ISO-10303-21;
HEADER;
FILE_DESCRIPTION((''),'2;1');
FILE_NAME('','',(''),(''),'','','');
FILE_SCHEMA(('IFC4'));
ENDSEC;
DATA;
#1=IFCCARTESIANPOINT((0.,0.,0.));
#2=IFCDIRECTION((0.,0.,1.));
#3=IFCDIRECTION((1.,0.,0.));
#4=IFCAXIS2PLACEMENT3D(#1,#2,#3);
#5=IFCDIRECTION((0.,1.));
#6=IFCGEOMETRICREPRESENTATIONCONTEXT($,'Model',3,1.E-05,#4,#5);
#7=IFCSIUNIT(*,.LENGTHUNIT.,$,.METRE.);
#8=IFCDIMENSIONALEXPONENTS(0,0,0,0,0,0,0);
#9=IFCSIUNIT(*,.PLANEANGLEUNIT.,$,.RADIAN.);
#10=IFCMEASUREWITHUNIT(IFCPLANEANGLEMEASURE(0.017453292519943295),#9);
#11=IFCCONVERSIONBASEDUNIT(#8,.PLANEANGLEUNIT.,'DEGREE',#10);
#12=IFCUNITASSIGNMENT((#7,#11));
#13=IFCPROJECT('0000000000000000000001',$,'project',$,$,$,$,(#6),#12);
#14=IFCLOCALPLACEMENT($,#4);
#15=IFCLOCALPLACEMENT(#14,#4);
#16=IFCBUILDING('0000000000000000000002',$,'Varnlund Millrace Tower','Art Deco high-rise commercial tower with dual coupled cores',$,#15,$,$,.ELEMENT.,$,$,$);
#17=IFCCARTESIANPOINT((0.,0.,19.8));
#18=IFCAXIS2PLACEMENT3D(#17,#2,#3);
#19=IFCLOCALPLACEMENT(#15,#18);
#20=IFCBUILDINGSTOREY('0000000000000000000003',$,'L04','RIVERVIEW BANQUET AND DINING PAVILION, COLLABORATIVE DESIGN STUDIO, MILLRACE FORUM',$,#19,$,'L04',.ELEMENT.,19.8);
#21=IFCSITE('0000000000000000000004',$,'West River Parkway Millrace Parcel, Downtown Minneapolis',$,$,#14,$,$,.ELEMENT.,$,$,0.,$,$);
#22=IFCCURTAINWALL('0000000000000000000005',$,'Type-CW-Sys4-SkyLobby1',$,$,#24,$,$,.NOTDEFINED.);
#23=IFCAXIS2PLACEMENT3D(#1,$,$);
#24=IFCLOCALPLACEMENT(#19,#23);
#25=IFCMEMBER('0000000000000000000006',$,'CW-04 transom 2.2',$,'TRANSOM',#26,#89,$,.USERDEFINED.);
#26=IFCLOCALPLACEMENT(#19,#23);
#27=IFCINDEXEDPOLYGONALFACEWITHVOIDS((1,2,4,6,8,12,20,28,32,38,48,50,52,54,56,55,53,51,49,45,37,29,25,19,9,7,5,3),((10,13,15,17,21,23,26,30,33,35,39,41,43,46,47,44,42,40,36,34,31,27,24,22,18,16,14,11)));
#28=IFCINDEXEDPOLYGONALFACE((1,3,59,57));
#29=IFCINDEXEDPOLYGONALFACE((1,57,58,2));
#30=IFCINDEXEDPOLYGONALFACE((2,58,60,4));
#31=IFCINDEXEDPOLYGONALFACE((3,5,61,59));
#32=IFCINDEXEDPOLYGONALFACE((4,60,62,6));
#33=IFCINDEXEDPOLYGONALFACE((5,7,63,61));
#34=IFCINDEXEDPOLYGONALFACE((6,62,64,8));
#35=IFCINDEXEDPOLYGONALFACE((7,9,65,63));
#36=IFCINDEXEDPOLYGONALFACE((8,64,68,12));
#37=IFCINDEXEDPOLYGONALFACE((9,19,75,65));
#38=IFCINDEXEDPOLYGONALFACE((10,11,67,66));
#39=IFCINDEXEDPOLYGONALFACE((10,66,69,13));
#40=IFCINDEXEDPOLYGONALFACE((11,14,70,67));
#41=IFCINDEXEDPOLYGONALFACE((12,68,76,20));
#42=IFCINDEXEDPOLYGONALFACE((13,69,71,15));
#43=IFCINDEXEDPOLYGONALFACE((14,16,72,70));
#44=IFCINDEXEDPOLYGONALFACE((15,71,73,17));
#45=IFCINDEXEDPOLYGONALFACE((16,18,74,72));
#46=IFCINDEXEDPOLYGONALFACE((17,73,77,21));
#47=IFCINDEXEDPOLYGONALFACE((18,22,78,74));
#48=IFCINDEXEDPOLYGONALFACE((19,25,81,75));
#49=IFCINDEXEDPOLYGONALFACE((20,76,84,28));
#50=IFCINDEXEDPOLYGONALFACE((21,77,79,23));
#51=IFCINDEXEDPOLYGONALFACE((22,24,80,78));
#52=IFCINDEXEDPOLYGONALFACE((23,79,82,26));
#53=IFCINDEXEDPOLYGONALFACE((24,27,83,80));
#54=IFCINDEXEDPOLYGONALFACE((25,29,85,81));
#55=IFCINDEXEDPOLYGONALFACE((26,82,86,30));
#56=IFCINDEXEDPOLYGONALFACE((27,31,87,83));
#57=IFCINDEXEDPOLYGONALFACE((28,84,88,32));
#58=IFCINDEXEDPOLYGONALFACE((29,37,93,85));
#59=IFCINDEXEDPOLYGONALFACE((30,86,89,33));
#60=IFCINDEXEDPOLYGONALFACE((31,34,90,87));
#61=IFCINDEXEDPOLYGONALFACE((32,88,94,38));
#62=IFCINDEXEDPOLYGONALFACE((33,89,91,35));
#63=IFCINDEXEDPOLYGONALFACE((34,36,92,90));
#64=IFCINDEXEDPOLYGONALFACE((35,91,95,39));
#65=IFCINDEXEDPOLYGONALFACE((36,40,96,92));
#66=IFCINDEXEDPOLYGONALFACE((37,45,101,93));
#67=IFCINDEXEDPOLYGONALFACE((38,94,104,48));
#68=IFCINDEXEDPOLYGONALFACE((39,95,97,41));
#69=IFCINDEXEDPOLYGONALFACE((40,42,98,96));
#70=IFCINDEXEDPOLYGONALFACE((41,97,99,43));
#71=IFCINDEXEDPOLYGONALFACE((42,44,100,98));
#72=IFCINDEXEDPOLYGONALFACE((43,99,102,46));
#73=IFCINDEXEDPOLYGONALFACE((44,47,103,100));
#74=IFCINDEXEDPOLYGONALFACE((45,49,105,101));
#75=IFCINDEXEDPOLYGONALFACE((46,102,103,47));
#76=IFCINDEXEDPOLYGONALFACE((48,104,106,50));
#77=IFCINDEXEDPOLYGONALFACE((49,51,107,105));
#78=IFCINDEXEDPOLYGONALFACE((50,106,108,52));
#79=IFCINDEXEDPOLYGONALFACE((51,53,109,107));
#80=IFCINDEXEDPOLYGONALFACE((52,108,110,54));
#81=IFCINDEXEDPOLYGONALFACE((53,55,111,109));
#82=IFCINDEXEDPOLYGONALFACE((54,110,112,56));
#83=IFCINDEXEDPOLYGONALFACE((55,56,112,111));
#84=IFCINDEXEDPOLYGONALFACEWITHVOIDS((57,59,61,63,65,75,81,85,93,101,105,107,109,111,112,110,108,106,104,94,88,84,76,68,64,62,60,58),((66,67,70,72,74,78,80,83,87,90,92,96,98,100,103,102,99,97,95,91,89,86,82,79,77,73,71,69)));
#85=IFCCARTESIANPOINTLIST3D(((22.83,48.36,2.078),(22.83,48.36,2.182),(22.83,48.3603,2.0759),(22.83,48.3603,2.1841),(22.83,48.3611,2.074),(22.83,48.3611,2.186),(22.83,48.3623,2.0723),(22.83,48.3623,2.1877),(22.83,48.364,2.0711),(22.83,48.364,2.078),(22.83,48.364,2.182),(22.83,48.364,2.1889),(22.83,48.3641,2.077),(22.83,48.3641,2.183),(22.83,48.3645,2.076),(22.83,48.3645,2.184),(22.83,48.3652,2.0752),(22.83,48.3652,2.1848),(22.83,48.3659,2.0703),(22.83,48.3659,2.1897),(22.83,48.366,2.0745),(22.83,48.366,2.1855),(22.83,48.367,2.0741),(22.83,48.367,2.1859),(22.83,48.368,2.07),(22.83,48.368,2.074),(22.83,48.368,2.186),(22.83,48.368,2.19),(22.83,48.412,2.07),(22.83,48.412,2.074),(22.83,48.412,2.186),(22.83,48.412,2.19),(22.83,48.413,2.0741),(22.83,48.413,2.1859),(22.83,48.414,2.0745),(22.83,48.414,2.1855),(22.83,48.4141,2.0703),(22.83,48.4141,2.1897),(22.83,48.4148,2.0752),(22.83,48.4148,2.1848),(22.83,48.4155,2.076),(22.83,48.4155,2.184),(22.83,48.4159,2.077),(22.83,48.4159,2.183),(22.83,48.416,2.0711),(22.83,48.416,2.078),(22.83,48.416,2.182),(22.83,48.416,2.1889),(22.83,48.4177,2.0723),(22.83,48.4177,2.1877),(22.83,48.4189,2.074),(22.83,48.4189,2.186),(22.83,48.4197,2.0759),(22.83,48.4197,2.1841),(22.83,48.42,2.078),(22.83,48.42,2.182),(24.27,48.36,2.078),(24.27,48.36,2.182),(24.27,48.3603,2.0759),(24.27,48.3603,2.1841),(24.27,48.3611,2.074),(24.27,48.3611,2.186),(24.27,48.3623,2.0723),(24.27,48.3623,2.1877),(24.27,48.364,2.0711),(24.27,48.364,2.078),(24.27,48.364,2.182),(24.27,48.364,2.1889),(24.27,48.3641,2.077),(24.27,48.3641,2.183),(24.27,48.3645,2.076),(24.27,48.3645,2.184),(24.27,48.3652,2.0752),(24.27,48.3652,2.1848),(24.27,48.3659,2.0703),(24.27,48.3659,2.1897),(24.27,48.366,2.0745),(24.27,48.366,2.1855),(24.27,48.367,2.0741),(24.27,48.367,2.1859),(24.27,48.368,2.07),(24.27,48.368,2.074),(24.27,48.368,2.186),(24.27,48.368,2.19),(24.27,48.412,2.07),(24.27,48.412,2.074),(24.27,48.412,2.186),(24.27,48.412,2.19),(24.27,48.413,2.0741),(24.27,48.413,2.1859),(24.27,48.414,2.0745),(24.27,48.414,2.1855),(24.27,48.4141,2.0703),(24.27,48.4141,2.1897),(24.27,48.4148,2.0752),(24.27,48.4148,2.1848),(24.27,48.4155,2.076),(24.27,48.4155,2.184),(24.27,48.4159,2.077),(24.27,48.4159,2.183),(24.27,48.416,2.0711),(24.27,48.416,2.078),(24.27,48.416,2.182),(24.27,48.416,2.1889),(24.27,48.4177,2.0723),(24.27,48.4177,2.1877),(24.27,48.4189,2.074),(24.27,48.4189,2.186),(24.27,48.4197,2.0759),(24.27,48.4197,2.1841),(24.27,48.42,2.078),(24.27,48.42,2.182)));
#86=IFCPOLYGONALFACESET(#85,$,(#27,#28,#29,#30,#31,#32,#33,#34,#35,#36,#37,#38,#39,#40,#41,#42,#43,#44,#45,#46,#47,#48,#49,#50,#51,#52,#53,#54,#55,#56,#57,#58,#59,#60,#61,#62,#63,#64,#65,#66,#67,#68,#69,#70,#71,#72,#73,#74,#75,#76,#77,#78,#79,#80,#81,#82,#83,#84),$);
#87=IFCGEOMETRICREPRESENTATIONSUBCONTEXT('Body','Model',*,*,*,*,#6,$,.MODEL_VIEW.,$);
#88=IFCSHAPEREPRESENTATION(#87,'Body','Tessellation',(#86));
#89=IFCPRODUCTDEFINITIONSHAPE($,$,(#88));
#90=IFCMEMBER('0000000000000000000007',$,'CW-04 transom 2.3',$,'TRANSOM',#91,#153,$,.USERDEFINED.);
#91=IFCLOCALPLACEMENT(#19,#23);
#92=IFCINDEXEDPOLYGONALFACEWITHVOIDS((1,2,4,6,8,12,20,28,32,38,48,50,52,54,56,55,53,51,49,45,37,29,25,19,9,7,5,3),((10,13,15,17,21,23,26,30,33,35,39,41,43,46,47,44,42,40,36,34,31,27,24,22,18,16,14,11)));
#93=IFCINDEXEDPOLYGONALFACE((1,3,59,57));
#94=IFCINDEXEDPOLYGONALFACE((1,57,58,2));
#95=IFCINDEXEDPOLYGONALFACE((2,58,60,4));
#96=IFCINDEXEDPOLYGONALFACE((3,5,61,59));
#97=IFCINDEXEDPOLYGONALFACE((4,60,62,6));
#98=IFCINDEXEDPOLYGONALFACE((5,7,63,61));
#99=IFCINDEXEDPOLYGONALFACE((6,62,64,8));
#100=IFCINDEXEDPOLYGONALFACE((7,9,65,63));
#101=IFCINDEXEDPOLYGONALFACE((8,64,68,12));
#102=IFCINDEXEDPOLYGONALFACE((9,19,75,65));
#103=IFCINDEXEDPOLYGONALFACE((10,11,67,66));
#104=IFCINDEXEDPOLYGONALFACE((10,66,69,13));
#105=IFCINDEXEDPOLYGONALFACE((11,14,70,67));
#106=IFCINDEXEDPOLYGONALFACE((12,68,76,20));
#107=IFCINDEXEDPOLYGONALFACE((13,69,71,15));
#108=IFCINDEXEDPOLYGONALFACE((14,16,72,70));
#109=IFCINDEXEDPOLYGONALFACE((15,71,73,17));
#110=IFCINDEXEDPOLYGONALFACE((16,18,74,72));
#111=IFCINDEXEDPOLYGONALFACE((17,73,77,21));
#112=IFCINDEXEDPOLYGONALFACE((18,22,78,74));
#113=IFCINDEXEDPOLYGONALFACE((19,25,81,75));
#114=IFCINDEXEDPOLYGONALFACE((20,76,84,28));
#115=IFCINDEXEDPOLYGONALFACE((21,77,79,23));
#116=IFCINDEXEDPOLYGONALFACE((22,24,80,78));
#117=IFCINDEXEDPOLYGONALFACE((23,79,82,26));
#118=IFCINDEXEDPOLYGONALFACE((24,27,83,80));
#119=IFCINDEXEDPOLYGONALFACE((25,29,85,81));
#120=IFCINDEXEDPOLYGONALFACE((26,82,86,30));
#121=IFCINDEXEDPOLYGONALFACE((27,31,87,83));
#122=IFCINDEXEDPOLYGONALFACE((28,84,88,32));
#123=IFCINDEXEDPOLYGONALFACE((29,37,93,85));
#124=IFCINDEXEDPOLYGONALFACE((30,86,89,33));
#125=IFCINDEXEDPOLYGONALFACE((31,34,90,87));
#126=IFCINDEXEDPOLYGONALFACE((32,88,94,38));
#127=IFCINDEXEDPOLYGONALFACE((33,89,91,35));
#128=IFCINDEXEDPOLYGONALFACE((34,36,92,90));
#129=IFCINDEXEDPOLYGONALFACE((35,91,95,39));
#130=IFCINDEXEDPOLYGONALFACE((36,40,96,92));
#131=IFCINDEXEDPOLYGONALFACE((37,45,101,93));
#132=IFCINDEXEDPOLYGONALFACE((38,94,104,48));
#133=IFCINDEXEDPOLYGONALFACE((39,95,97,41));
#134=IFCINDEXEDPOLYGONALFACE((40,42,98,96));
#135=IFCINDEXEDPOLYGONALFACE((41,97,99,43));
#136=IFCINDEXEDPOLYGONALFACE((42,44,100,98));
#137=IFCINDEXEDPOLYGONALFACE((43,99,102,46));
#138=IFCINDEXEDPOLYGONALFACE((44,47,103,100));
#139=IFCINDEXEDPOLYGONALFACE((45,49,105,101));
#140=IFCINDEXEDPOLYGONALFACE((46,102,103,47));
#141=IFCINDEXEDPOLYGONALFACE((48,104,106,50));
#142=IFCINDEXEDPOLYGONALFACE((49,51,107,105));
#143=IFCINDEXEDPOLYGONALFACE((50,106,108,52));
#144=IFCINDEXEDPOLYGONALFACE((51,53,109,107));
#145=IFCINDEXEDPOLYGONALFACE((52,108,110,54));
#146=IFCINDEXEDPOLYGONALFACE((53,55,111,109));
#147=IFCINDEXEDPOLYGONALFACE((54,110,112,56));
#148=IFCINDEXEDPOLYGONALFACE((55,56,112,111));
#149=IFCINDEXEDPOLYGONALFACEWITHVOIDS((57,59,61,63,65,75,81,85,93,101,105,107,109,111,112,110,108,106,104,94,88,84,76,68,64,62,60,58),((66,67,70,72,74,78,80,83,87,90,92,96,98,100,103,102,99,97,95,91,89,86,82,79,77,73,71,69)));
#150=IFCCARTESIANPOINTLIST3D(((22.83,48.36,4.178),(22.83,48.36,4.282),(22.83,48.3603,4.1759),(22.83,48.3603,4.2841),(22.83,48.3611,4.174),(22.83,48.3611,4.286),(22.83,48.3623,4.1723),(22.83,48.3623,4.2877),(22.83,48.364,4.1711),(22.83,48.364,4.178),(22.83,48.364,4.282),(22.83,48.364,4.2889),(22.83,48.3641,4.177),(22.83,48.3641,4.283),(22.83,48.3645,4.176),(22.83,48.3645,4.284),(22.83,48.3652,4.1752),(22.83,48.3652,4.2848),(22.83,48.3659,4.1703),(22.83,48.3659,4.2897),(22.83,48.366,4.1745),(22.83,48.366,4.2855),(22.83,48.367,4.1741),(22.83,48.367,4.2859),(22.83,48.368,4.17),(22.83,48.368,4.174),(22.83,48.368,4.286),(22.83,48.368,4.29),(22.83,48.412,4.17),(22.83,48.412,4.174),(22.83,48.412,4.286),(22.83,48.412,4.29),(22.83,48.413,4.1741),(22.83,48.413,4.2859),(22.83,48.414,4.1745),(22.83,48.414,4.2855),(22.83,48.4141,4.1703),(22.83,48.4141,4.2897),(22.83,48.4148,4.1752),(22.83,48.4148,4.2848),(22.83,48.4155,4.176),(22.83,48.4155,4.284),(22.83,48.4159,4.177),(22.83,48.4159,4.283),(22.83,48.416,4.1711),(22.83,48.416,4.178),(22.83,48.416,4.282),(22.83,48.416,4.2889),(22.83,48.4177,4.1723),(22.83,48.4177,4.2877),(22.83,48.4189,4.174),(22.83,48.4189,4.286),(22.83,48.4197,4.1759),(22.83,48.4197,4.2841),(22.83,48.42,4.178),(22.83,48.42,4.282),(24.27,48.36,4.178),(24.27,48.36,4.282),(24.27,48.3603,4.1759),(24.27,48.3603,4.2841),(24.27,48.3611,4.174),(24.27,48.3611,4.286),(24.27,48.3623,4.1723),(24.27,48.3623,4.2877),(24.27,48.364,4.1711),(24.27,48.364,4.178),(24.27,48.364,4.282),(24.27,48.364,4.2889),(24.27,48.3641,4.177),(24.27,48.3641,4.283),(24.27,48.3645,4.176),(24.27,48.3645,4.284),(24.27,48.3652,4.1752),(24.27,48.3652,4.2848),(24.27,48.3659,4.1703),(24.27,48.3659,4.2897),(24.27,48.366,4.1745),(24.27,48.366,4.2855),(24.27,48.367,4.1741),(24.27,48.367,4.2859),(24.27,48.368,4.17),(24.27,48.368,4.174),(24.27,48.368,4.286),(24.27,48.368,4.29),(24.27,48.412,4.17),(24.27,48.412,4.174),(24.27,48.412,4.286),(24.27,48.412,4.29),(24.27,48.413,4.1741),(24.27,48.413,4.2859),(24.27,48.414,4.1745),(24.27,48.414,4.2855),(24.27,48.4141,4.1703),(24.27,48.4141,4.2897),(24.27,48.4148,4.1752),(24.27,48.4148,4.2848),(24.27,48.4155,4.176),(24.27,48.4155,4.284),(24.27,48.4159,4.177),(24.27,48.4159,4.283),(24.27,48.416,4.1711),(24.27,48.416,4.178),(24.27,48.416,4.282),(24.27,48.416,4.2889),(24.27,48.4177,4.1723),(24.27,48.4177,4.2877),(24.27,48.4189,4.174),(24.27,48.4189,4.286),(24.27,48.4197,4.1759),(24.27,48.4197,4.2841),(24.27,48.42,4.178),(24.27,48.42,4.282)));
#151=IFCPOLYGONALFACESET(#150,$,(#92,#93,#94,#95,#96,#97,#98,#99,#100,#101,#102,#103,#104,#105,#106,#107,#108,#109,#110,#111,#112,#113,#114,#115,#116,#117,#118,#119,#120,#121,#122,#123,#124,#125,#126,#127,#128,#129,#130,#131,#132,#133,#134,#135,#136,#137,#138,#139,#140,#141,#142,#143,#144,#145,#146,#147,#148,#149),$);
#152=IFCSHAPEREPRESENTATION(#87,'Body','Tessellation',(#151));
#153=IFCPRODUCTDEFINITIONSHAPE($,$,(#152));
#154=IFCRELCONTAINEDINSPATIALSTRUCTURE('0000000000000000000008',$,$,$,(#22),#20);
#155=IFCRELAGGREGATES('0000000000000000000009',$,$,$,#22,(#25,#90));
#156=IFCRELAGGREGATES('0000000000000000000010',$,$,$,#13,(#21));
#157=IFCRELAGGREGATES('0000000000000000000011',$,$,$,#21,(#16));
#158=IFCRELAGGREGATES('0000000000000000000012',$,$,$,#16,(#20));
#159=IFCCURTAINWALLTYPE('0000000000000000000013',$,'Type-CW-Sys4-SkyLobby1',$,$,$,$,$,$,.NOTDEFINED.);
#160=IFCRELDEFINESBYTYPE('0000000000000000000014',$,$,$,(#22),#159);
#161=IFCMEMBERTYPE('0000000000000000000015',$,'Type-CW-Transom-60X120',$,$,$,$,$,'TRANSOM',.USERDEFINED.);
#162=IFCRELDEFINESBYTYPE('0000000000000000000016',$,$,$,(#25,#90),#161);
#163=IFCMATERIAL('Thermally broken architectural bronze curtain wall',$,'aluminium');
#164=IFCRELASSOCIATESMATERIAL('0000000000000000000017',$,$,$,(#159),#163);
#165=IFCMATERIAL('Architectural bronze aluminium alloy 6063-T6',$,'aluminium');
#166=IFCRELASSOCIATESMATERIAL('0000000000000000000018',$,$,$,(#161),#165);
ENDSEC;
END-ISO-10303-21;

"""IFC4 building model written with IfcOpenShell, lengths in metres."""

from ifc_helpers import new_model, entity, si_unit, converted_unit, direction, frame, origin_with_axes, origin_2d_with_axis, place, context, subcontext, project, spatial, hollow_rectangle, extrude, material, material_profile, profile_set, type_object, element, aggregate, save


model = new_model("IFC4")

# Units and contexts
model_context = context("Model", 3, precision=1e-05, world=origin_with_axes(), true_north=direction((0.0, 1.0)))
body_context = subcontext(model_context, "Body", "Model", "MODEL_VIEW")
ifc_project = project(units=[si_unit("LENGTHUNIT", "METRE"), converted_unit("PLANEANGLEUNIT", "DEGREE", entity("IfcPlaneAngleMeasure", 0.017453292519943295), si_unit("PLANEANGLEUNIT", "RADIAN"), dimensions=[0, 0, 0, 0, 0, 0, 0])], contexts=[model_context])

# Site, building, storey
site_placement = place(None, origin_with_axes())
site = spatial("IfcSite", under=ifc_project, at=site_placement, Name="West River Parkway Millrace Parcel, Downtown Minneapolis", CompositionType="ELEMENT", RefElevation=0.0)
building_placement = place(site_placement, origin_with_axes())
building = spatial("IfcBuilding", under=site, at=building_placement, Name="Varnlund Millrace Tower", Description="Art Deco high-rise commercial tower with dual coupled cores", CompositionType="ELEMENT")
storey_placement = place(building_placement, frame((0.0, 0.0, 19.8), z_axis=(0.0, 0.0, 1.0), x_axis=(1.0, 0.0, 0.0)))
storey = spatial("IfcBuildingStorey", under=building, at=storey_placement, Name="L04", Description="RIVERVIEW BANQUET AND DINING PAVILION, COLLABORATIVE DESIGN STUDIO, MILLRACE FORUM", LongName="L04", CompositionType="ELEMENT", Elevation=19.8)

# Curtain wall, members
ifc_material_1 = material(Name="Thermally broken architectural bronze curtain wall", Category="aluminium")
curtain_wall_type = type_object("IfcCurtainWallType", Name="Type-CW-Sys4-SkyLobby1", PredefinedType="NOTDEFINED", material=ifc_material_1)
curtain_wall_placement = place(storey_placement, frame((21.3, 48.39, 0.0), z_axis=(0.0, 0.0, 1.0), x_axis=(1.0, 0.0, 0.0)))
curtain_wall = element("IfcCurtainWall", 1, at=curtain_wall_placement, inside=storey, type_object=curtain_wall_type, Name="Type-CW-Sys4-SkyLobby1", PredefinedType="NOTDEFINED")
ifc_material_2 = material(Name="Architectural bronze aluminium alloy 6063-T6", Category="aluminium")
ifc_material_profile_1 = material_profile(ifc_material_2, hollow_rectangle(XDim=0.06, YDim=0.12, WallThickness=0.004, InnerFilletRadius=0.004, OuterFilletRadius=0.008, at=origin_2d_with_axis()), Name="Architectural bronze aluminium alloy 6063-T6")
ifc_profile_set_1 = profile_set([ifc_material_profile_1], Name="Architectural bronze aluminium alloy 6063-T6")
member_type_1 = type_object("IfcMemberType", Name="Type-CW-Transom-60X120", ElementType="TRANSOM", PredefinedType="USERDEFINED", material=ifc_profile_set_1)
member_1_placement = place(storey_placement, frame((22.83, 48.39, 2.13), z_axis=(1.0, 0.0, 0.0), x_axis=(0.0, 1.0, 0.0)))
member_1 = element("IfcMember", 2, at=member_1_placement, type_object=member_type_1, Name="CW-04 transom 2.2", ObjectType="TRANSOM", PredefinedType="USERDEFINED", context=body_context, shape_type="SweptSolid", body=[
    extrude(hollow_rectangle(XDim=0.06, YDim=0.12, WallThickness=0.004, InnerFilletRadius=0.004, OuterFilletRadius=0.008, at=origin_2d_with_axis()), origin_with_axes(), (0.0, 0.0, 1.0), 1.44),
])
member_2_placement = place(storey_placement, frame((22.83, 48.39, 4.23), z_axis=(1.0, 0.0, 0.0), x_axis=(0.0, 1.0, 0.0)))
member_2 = element("IfcMember", 3, at=member_2_placement, type_object=member_type_1, Name="CW-04 transom 2.3", ObjectType="TRANSOM", PredefinedType="USERDEFINED", context=body_context, shape_type="SweptSolid", body=[
    extrude(hollow_rectangle(XDim=0.06, YDim=0.12, WallThickness=0.004, InnerFilletRadius=0.004, OuterFilletRadius=0.008, at=origin_2d_with_axis()), origin_with_axes(), (0.0, 0.0, 1.0), 1.44),
])
aggregate(curtain_wall, [member_1, member_2])

save(model, "model.ifc")
